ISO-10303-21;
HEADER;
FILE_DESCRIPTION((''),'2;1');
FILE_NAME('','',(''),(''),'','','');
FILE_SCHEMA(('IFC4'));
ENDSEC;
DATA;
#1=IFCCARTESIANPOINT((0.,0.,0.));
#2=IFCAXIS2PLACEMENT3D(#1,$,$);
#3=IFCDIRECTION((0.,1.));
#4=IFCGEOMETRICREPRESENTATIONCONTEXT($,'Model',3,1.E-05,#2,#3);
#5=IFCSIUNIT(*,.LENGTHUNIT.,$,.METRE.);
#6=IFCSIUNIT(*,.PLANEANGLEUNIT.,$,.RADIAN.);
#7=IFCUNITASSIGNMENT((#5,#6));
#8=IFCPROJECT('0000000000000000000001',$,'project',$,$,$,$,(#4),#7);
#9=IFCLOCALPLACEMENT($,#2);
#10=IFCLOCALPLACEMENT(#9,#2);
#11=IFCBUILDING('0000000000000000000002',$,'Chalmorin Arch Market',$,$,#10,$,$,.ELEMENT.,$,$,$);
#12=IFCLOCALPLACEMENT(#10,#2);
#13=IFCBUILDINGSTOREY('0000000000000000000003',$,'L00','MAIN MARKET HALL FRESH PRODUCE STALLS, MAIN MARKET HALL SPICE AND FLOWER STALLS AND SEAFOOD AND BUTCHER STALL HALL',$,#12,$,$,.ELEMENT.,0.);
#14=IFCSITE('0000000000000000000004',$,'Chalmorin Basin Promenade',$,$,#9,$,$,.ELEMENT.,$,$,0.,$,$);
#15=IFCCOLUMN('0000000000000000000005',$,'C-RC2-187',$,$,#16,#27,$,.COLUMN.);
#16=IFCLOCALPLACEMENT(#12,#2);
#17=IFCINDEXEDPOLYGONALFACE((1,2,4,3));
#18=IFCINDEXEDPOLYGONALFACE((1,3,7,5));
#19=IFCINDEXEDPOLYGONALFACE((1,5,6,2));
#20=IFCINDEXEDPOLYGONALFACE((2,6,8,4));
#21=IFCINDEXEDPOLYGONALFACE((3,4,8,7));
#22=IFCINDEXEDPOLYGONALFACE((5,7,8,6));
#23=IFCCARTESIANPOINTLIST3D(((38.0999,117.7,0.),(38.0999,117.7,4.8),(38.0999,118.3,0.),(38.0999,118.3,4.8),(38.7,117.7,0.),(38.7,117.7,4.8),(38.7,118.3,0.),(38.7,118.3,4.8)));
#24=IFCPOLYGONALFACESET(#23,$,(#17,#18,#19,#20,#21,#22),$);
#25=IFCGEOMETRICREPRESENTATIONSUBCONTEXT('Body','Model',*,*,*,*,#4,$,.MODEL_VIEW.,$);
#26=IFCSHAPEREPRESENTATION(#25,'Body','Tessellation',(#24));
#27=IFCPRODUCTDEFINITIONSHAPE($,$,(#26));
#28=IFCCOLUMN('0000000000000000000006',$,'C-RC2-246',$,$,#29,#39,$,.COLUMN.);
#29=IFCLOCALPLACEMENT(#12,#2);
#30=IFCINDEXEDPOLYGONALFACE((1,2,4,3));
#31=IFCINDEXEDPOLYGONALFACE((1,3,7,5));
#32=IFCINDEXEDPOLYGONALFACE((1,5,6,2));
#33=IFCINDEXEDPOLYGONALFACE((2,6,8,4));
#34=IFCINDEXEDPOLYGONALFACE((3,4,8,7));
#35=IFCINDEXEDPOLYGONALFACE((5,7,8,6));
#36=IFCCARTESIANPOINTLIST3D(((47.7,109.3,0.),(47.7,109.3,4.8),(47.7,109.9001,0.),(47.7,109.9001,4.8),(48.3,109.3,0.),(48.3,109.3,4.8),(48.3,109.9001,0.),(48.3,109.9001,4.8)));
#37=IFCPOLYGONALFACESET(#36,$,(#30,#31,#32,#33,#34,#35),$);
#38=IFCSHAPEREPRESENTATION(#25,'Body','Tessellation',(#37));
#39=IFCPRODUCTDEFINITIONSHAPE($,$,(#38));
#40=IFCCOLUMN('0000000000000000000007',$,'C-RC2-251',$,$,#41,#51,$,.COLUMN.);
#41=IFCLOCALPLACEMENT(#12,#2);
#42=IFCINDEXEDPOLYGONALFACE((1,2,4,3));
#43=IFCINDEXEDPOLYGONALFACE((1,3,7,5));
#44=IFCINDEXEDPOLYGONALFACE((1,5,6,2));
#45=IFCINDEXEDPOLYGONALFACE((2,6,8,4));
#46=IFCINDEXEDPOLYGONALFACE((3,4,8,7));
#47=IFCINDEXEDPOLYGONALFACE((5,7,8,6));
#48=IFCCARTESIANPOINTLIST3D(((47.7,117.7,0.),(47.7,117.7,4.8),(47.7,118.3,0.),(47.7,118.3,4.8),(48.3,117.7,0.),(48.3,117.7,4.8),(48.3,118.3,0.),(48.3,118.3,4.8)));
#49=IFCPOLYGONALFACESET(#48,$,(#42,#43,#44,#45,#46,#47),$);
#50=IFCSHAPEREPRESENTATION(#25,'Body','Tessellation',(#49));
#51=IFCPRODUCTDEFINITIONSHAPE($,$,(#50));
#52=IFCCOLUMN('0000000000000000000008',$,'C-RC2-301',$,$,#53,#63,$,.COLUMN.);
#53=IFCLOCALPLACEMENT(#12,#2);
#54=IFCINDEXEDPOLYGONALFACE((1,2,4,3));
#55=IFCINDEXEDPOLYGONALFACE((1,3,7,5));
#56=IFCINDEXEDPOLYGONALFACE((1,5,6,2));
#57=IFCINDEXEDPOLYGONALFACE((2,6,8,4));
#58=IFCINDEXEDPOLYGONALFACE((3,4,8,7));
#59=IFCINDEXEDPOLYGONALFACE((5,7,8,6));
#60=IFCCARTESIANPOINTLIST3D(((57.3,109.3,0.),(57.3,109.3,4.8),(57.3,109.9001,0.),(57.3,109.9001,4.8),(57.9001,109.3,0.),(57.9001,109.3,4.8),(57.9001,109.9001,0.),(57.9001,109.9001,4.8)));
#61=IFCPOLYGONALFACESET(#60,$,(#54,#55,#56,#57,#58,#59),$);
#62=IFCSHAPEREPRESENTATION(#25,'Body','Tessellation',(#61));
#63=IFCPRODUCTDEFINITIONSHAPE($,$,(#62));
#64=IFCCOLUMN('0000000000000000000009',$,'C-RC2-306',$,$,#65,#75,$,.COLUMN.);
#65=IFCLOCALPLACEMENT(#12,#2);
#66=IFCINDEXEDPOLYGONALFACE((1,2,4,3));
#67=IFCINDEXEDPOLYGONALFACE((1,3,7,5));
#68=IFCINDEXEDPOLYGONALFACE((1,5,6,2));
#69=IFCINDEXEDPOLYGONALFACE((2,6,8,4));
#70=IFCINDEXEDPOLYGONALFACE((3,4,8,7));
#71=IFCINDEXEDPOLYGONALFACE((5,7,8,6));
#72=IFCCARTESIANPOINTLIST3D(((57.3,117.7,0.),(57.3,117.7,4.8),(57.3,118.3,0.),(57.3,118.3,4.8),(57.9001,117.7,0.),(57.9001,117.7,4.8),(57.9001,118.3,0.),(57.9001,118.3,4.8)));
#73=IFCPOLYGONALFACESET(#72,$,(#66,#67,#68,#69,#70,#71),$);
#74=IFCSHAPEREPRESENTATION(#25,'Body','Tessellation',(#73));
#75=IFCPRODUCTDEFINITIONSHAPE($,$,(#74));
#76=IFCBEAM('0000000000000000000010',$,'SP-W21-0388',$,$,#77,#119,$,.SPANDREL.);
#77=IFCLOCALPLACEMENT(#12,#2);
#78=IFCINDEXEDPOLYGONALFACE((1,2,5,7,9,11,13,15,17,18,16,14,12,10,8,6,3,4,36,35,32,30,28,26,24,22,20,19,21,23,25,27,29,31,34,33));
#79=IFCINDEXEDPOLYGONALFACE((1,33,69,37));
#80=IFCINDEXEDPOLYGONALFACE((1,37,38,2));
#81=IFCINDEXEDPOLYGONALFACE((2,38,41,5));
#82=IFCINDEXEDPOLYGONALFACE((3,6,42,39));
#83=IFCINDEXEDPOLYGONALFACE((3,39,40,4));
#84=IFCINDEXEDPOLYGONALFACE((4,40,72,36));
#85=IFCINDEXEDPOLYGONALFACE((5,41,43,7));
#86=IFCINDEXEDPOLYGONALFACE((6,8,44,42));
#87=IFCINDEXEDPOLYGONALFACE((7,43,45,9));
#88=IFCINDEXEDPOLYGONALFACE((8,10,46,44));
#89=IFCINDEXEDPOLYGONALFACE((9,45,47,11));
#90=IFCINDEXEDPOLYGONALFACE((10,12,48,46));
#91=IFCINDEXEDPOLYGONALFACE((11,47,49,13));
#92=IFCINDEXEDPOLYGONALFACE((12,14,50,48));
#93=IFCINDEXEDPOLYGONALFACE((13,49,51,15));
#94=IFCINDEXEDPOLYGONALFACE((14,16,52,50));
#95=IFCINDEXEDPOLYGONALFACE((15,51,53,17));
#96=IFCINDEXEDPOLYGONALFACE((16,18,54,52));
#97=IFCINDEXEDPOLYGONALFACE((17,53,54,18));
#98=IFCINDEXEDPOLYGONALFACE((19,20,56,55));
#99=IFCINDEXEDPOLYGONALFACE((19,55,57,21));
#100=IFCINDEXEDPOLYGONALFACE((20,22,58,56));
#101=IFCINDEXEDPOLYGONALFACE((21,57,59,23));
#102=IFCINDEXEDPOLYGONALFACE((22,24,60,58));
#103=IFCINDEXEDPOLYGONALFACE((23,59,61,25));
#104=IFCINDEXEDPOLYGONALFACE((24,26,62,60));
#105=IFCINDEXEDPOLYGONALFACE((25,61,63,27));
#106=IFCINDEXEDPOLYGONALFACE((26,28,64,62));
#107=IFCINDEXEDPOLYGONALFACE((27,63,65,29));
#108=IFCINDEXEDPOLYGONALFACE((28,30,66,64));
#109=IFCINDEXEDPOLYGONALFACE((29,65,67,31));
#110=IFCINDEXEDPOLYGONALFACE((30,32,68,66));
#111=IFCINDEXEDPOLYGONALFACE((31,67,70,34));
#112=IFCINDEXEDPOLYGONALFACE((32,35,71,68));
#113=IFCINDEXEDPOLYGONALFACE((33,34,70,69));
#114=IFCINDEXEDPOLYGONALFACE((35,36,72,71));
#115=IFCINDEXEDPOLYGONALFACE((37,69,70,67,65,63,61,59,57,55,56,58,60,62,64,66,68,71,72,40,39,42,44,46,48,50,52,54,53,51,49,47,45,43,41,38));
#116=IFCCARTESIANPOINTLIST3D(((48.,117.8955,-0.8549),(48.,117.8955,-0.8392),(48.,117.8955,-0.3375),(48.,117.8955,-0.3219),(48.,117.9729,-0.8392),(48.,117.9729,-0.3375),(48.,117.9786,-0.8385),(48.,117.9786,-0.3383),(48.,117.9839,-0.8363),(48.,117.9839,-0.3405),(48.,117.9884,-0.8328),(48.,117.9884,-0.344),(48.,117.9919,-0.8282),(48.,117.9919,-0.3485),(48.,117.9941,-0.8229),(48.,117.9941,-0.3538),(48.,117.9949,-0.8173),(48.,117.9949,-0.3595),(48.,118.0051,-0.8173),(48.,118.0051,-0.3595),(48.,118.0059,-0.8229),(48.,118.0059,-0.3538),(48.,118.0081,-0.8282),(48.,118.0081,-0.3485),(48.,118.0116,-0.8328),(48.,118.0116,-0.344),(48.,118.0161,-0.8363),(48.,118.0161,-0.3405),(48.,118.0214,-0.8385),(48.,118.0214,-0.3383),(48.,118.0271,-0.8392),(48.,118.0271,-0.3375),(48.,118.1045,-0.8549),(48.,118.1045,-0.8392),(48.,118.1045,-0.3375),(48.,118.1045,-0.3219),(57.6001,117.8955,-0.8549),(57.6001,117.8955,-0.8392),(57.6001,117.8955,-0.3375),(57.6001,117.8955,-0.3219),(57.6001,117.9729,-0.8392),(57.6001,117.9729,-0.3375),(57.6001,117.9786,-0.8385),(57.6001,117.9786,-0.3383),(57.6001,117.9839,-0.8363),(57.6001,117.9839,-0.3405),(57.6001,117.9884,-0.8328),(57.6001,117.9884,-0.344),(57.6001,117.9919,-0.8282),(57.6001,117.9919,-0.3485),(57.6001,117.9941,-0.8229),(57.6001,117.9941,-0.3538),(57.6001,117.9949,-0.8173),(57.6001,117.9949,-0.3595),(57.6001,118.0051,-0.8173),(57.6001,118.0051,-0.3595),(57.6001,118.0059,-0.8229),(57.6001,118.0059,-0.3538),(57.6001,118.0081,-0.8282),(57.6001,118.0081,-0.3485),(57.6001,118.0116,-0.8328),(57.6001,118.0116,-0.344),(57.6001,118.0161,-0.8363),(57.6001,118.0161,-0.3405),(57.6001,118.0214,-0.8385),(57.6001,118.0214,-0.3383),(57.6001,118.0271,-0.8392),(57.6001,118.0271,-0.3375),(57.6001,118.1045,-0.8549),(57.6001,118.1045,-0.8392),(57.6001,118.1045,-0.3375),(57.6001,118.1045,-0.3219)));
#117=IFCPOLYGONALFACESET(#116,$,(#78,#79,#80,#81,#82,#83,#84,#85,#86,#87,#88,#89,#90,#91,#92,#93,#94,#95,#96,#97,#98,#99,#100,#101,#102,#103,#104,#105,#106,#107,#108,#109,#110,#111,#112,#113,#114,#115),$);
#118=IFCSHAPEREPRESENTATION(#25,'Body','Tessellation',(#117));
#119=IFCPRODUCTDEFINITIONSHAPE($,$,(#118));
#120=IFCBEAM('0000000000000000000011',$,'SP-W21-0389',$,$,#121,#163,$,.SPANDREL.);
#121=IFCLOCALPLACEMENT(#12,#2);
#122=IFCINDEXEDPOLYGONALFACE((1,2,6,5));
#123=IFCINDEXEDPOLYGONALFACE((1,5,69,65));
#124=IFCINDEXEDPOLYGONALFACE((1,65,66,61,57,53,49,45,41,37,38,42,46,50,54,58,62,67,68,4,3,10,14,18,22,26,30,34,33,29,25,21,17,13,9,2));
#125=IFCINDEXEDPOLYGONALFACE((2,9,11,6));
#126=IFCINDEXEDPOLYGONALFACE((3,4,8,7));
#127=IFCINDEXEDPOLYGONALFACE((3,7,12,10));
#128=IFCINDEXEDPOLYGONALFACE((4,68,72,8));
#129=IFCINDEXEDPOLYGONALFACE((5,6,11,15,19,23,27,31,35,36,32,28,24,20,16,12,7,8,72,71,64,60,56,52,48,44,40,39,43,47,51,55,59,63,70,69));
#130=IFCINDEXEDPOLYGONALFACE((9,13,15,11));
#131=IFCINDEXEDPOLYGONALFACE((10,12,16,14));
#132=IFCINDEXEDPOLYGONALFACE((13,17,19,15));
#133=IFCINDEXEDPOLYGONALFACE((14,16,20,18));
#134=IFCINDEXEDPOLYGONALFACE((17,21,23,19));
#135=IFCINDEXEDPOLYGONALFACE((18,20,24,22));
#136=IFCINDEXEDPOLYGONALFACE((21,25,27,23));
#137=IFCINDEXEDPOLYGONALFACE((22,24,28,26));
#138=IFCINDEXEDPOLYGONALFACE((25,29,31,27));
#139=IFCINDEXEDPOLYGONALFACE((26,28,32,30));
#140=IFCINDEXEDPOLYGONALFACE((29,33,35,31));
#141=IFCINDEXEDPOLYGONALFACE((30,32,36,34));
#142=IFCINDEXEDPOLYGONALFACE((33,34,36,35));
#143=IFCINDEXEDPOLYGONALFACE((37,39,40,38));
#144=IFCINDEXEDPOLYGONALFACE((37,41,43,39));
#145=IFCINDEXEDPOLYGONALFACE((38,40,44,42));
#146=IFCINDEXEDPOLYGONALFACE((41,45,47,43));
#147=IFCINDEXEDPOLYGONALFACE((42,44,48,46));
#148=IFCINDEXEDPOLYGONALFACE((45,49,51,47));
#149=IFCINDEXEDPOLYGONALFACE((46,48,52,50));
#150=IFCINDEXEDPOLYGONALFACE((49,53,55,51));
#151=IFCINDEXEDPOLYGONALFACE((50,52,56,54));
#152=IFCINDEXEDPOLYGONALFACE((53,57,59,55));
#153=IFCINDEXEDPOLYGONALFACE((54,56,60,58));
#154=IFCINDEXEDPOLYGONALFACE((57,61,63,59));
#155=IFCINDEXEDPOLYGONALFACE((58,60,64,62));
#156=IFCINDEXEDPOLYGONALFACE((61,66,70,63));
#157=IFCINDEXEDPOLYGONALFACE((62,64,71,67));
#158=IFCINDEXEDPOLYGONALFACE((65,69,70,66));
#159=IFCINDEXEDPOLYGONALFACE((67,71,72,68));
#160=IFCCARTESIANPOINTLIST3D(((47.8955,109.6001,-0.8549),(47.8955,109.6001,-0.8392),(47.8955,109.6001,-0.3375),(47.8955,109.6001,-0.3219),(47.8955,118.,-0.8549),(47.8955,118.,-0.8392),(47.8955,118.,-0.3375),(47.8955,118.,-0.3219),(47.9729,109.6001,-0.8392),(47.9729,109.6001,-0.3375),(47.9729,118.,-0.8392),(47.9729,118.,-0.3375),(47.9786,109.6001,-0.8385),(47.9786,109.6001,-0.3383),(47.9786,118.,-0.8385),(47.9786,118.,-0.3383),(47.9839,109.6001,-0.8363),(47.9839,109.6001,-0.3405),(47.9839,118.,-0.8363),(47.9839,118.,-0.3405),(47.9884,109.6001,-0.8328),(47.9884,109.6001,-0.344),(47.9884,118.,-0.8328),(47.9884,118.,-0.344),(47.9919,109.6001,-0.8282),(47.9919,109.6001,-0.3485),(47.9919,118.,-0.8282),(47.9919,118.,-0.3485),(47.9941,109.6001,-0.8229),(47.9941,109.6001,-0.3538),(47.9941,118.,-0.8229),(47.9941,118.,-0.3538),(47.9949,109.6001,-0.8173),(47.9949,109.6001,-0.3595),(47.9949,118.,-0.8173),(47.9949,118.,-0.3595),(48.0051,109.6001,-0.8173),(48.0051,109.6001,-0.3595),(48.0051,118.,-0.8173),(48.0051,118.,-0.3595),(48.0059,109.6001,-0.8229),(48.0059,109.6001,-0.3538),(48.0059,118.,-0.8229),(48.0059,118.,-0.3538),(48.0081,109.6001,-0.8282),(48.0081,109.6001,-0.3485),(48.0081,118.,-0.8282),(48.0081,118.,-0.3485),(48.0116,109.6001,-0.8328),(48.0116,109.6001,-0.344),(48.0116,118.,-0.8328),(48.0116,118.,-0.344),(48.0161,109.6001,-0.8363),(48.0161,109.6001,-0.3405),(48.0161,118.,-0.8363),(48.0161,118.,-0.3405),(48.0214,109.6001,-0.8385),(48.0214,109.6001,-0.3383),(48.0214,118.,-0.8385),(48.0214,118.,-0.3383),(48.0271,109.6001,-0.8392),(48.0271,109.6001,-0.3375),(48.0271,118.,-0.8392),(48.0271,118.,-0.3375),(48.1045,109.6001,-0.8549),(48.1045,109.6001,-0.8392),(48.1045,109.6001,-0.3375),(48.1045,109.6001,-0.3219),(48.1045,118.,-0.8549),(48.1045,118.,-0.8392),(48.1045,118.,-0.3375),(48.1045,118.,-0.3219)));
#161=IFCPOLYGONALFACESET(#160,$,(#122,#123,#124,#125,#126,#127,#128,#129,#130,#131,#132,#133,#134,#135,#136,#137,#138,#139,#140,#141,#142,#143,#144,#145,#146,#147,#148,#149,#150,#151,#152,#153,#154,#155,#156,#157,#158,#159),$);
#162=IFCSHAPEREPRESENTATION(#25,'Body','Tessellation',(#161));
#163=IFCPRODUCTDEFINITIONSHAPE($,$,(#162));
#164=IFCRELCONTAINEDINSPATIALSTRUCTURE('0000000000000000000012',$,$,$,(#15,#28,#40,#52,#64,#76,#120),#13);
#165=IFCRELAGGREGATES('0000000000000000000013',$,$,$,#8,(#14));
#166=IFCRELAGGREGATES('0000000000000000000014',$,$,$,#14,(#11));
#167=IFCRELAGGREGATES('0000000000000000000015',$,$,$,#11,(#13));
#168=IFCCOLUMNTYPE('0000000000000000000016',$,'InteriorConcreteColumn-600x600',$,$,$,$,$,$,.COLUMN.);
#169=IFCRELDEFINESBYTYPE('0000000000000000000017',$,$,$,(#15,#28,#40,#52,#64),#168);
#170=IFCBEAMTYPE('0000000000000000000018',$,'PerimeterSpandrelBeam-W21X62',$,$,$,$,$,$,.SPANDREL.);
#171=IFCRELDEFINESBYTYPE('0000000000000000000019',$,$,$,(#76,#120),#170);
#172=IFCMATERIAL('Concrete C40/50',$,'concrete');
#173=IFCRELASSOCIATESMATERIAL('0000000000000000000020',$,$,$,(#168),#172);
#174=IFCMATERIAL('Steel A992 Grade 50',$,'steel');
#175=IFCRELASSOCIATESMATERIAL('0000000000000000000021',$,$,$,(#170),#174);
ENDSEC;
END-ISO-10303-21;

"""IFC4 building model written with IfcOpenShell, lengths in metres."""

from ifc_helpers import new_model, si_unit, direction, frame, origin, origin_2d, place, context, subcontext, project, spatial, rectangle, i_section, extrude, material, material_profile, profile_set, type_object, element, save


model = new_model("IFC4")

# Units and contexts
model_context = context("Model", 3, precision=1e-05, world=origin(), true_north=direction((0.0, 1.0)))
body_context = subcontext(model_context, "Body", "Model", "MODEL_VIEW")
ifc_project = project(units=[si_unit("LENGTHUNIT", "METRE"), si_unit("PLANEANGLEUNIT", "RADIAN")], contexts=[model_context])

# Site, building, storey
site_placement = place(None, origin())
site = spatial("IfcSite", under=ifc_project, at=site_placement, Name="Chalmorin Basin Promenade", CompositionType="ELEMENT", RefElevation=0.0)
building_placement = place(site_placement, origin())
building = spatial("IfcBuilding", under=site, at=building_placement, Name="Chalmorin Arch Market", CompositionType="ELEMENT")
storey_placement = place(building_placement, origin())
storey = spatial("IfcBuildingStorey", under=building, at=storey_placement, Name="L00", Description="MAIN MARKET HALL FRESH PRODUCE STALLS, MAIN MARKET HALL SPICE AND FLOWER STALLS AND SEAFOOD AND BUTCHER STALL HALL", CompositionType="ELEMENT", Elevation=0.0)

# Columns
ifc_material_1 = material(Name="Concrete C40/50", Category="concrete")
ifc_material_profile_1 = material_profile(ifc_material_1, rectangle(XDim=0.6001, YDim=0.6001, at=origin_2d()), Name="RC600X600")
ifc_profile_set_1 = profile_set([ifc_material_profile_1], Name="Concrete C40/50")
column_type = type_object("IfcColumnType", Name="InteriorConcreteColumn-600x600", PredefinedType="COLUMN", material=ifc_profile_set_1)
for number, where, z_axis, x_axis, name in (
    (1, (38.3999, 118.0, 0.0), (0.0, 0.0, 1.0), (1.0, 0.0, 0.0), "C-RC2-187"),
    (2, (48.0, 109.6001, 0.0), (0.0, 0.0, 1.0), (1.0, 0.0, 0.0), "C-RC2-246"),
    (3, (48.0, 118.0, 0.0), (0.0, 0.0, 1.0), (1.0, 0.0, 0.0), "C-RC2-251"),
    (4, (57.6001, 109.6001, 0.0), (0.0, 0.0, 1.0), (1.0, 0.0, 0.0), "C-RC2-301"),
    (5, (57.6001, 118.0, 0.0), (0.0, 0.0, 1.0), (1.0, 0.0, 0.0), "C-RC2-306"),
):
    element("IfcColumn", number, at=place(storey_placement, frame(where, z_axis=z_axis, x_axis=x_axis)), inside=storey, type_object=column_type, Name=name, PredefinedType="COLUMN", context=body_context, shape_type="SweptSolid", body=[
        extrude(rectangle(XDim=0.6001, YDim=0.6001, at=origin_2d()), origin(), (0.0, 0.0, 1.0), 4.8),
    ])

# Beams
ifc_material_2 = material(Name="Steel A992 Grade 50", Category="steel")
ifc_material_profile_2 = material_profile(ifc_material_2, i_section(OverallWidth=0.209, OverallDepth=0.533, WebThickness=0.0103, FlangeThickness=0.0156, FilletRadius=0.022, at=origin_2d()), Name="W21X62")
ifc_profile_set_2 = profile_set([ifc_material_profile_2], Name="Steel A992 Grade 50")
beam_type_1 = type_object("IfcBeamType", Name="PerimeterSpandrelBeam-W21X62", PredefinedType="SPANDREL", material=ifc_profile_set_2)
beam_1_placement = place(storey_placement, frame((48.0, 118.0, -0.5884), z_axis=(1.0, 0.0, 0.0), x_axis=(0.0, 1.0, 0.0)))
element("IfcBeam", 6, at=beam_1_placement, inside=storey, type_object=beam_type_1, Name="SP-W21-0388", PredefinedType="SPANDREL", context=body_context, shape_type="SweptSolid", body=[
    extrude(i_section(OverallWidth=0.209, OverallDepth=0.533, WebThickness=0.0103, FlangeThickness=0.0156, FilletRadius=0.022, at=origin_2d()), origin(), (0.0, 0.0, 1.0), 9.6001),
])
beam_2_placement = place(storey_placement, frame((48.0, 109.6001, -0.5884), z_axis=(0.0, 1.0, 0.0), x_axis=(-1.0, 0.0, 0.0)))
element("IfcBeam", 7, at=beam_2_placement, inside=storey, type_object=beam_type_1, Name="SP-W21-0389", PredefinedType="SPANDREL", context=body_context, shape_type="SweptSolid", body=[
    extrude(i_section(OverallWidth=0.209, OverallDepth=0.533, WebThickness=0.0103, FlangeThickness=0.0156, FilletRadius=0.022, at=origin_2d()), origin(), (0.0, 0.0, 1.0), 8.3999),
])

save(model, "model.ifc")
